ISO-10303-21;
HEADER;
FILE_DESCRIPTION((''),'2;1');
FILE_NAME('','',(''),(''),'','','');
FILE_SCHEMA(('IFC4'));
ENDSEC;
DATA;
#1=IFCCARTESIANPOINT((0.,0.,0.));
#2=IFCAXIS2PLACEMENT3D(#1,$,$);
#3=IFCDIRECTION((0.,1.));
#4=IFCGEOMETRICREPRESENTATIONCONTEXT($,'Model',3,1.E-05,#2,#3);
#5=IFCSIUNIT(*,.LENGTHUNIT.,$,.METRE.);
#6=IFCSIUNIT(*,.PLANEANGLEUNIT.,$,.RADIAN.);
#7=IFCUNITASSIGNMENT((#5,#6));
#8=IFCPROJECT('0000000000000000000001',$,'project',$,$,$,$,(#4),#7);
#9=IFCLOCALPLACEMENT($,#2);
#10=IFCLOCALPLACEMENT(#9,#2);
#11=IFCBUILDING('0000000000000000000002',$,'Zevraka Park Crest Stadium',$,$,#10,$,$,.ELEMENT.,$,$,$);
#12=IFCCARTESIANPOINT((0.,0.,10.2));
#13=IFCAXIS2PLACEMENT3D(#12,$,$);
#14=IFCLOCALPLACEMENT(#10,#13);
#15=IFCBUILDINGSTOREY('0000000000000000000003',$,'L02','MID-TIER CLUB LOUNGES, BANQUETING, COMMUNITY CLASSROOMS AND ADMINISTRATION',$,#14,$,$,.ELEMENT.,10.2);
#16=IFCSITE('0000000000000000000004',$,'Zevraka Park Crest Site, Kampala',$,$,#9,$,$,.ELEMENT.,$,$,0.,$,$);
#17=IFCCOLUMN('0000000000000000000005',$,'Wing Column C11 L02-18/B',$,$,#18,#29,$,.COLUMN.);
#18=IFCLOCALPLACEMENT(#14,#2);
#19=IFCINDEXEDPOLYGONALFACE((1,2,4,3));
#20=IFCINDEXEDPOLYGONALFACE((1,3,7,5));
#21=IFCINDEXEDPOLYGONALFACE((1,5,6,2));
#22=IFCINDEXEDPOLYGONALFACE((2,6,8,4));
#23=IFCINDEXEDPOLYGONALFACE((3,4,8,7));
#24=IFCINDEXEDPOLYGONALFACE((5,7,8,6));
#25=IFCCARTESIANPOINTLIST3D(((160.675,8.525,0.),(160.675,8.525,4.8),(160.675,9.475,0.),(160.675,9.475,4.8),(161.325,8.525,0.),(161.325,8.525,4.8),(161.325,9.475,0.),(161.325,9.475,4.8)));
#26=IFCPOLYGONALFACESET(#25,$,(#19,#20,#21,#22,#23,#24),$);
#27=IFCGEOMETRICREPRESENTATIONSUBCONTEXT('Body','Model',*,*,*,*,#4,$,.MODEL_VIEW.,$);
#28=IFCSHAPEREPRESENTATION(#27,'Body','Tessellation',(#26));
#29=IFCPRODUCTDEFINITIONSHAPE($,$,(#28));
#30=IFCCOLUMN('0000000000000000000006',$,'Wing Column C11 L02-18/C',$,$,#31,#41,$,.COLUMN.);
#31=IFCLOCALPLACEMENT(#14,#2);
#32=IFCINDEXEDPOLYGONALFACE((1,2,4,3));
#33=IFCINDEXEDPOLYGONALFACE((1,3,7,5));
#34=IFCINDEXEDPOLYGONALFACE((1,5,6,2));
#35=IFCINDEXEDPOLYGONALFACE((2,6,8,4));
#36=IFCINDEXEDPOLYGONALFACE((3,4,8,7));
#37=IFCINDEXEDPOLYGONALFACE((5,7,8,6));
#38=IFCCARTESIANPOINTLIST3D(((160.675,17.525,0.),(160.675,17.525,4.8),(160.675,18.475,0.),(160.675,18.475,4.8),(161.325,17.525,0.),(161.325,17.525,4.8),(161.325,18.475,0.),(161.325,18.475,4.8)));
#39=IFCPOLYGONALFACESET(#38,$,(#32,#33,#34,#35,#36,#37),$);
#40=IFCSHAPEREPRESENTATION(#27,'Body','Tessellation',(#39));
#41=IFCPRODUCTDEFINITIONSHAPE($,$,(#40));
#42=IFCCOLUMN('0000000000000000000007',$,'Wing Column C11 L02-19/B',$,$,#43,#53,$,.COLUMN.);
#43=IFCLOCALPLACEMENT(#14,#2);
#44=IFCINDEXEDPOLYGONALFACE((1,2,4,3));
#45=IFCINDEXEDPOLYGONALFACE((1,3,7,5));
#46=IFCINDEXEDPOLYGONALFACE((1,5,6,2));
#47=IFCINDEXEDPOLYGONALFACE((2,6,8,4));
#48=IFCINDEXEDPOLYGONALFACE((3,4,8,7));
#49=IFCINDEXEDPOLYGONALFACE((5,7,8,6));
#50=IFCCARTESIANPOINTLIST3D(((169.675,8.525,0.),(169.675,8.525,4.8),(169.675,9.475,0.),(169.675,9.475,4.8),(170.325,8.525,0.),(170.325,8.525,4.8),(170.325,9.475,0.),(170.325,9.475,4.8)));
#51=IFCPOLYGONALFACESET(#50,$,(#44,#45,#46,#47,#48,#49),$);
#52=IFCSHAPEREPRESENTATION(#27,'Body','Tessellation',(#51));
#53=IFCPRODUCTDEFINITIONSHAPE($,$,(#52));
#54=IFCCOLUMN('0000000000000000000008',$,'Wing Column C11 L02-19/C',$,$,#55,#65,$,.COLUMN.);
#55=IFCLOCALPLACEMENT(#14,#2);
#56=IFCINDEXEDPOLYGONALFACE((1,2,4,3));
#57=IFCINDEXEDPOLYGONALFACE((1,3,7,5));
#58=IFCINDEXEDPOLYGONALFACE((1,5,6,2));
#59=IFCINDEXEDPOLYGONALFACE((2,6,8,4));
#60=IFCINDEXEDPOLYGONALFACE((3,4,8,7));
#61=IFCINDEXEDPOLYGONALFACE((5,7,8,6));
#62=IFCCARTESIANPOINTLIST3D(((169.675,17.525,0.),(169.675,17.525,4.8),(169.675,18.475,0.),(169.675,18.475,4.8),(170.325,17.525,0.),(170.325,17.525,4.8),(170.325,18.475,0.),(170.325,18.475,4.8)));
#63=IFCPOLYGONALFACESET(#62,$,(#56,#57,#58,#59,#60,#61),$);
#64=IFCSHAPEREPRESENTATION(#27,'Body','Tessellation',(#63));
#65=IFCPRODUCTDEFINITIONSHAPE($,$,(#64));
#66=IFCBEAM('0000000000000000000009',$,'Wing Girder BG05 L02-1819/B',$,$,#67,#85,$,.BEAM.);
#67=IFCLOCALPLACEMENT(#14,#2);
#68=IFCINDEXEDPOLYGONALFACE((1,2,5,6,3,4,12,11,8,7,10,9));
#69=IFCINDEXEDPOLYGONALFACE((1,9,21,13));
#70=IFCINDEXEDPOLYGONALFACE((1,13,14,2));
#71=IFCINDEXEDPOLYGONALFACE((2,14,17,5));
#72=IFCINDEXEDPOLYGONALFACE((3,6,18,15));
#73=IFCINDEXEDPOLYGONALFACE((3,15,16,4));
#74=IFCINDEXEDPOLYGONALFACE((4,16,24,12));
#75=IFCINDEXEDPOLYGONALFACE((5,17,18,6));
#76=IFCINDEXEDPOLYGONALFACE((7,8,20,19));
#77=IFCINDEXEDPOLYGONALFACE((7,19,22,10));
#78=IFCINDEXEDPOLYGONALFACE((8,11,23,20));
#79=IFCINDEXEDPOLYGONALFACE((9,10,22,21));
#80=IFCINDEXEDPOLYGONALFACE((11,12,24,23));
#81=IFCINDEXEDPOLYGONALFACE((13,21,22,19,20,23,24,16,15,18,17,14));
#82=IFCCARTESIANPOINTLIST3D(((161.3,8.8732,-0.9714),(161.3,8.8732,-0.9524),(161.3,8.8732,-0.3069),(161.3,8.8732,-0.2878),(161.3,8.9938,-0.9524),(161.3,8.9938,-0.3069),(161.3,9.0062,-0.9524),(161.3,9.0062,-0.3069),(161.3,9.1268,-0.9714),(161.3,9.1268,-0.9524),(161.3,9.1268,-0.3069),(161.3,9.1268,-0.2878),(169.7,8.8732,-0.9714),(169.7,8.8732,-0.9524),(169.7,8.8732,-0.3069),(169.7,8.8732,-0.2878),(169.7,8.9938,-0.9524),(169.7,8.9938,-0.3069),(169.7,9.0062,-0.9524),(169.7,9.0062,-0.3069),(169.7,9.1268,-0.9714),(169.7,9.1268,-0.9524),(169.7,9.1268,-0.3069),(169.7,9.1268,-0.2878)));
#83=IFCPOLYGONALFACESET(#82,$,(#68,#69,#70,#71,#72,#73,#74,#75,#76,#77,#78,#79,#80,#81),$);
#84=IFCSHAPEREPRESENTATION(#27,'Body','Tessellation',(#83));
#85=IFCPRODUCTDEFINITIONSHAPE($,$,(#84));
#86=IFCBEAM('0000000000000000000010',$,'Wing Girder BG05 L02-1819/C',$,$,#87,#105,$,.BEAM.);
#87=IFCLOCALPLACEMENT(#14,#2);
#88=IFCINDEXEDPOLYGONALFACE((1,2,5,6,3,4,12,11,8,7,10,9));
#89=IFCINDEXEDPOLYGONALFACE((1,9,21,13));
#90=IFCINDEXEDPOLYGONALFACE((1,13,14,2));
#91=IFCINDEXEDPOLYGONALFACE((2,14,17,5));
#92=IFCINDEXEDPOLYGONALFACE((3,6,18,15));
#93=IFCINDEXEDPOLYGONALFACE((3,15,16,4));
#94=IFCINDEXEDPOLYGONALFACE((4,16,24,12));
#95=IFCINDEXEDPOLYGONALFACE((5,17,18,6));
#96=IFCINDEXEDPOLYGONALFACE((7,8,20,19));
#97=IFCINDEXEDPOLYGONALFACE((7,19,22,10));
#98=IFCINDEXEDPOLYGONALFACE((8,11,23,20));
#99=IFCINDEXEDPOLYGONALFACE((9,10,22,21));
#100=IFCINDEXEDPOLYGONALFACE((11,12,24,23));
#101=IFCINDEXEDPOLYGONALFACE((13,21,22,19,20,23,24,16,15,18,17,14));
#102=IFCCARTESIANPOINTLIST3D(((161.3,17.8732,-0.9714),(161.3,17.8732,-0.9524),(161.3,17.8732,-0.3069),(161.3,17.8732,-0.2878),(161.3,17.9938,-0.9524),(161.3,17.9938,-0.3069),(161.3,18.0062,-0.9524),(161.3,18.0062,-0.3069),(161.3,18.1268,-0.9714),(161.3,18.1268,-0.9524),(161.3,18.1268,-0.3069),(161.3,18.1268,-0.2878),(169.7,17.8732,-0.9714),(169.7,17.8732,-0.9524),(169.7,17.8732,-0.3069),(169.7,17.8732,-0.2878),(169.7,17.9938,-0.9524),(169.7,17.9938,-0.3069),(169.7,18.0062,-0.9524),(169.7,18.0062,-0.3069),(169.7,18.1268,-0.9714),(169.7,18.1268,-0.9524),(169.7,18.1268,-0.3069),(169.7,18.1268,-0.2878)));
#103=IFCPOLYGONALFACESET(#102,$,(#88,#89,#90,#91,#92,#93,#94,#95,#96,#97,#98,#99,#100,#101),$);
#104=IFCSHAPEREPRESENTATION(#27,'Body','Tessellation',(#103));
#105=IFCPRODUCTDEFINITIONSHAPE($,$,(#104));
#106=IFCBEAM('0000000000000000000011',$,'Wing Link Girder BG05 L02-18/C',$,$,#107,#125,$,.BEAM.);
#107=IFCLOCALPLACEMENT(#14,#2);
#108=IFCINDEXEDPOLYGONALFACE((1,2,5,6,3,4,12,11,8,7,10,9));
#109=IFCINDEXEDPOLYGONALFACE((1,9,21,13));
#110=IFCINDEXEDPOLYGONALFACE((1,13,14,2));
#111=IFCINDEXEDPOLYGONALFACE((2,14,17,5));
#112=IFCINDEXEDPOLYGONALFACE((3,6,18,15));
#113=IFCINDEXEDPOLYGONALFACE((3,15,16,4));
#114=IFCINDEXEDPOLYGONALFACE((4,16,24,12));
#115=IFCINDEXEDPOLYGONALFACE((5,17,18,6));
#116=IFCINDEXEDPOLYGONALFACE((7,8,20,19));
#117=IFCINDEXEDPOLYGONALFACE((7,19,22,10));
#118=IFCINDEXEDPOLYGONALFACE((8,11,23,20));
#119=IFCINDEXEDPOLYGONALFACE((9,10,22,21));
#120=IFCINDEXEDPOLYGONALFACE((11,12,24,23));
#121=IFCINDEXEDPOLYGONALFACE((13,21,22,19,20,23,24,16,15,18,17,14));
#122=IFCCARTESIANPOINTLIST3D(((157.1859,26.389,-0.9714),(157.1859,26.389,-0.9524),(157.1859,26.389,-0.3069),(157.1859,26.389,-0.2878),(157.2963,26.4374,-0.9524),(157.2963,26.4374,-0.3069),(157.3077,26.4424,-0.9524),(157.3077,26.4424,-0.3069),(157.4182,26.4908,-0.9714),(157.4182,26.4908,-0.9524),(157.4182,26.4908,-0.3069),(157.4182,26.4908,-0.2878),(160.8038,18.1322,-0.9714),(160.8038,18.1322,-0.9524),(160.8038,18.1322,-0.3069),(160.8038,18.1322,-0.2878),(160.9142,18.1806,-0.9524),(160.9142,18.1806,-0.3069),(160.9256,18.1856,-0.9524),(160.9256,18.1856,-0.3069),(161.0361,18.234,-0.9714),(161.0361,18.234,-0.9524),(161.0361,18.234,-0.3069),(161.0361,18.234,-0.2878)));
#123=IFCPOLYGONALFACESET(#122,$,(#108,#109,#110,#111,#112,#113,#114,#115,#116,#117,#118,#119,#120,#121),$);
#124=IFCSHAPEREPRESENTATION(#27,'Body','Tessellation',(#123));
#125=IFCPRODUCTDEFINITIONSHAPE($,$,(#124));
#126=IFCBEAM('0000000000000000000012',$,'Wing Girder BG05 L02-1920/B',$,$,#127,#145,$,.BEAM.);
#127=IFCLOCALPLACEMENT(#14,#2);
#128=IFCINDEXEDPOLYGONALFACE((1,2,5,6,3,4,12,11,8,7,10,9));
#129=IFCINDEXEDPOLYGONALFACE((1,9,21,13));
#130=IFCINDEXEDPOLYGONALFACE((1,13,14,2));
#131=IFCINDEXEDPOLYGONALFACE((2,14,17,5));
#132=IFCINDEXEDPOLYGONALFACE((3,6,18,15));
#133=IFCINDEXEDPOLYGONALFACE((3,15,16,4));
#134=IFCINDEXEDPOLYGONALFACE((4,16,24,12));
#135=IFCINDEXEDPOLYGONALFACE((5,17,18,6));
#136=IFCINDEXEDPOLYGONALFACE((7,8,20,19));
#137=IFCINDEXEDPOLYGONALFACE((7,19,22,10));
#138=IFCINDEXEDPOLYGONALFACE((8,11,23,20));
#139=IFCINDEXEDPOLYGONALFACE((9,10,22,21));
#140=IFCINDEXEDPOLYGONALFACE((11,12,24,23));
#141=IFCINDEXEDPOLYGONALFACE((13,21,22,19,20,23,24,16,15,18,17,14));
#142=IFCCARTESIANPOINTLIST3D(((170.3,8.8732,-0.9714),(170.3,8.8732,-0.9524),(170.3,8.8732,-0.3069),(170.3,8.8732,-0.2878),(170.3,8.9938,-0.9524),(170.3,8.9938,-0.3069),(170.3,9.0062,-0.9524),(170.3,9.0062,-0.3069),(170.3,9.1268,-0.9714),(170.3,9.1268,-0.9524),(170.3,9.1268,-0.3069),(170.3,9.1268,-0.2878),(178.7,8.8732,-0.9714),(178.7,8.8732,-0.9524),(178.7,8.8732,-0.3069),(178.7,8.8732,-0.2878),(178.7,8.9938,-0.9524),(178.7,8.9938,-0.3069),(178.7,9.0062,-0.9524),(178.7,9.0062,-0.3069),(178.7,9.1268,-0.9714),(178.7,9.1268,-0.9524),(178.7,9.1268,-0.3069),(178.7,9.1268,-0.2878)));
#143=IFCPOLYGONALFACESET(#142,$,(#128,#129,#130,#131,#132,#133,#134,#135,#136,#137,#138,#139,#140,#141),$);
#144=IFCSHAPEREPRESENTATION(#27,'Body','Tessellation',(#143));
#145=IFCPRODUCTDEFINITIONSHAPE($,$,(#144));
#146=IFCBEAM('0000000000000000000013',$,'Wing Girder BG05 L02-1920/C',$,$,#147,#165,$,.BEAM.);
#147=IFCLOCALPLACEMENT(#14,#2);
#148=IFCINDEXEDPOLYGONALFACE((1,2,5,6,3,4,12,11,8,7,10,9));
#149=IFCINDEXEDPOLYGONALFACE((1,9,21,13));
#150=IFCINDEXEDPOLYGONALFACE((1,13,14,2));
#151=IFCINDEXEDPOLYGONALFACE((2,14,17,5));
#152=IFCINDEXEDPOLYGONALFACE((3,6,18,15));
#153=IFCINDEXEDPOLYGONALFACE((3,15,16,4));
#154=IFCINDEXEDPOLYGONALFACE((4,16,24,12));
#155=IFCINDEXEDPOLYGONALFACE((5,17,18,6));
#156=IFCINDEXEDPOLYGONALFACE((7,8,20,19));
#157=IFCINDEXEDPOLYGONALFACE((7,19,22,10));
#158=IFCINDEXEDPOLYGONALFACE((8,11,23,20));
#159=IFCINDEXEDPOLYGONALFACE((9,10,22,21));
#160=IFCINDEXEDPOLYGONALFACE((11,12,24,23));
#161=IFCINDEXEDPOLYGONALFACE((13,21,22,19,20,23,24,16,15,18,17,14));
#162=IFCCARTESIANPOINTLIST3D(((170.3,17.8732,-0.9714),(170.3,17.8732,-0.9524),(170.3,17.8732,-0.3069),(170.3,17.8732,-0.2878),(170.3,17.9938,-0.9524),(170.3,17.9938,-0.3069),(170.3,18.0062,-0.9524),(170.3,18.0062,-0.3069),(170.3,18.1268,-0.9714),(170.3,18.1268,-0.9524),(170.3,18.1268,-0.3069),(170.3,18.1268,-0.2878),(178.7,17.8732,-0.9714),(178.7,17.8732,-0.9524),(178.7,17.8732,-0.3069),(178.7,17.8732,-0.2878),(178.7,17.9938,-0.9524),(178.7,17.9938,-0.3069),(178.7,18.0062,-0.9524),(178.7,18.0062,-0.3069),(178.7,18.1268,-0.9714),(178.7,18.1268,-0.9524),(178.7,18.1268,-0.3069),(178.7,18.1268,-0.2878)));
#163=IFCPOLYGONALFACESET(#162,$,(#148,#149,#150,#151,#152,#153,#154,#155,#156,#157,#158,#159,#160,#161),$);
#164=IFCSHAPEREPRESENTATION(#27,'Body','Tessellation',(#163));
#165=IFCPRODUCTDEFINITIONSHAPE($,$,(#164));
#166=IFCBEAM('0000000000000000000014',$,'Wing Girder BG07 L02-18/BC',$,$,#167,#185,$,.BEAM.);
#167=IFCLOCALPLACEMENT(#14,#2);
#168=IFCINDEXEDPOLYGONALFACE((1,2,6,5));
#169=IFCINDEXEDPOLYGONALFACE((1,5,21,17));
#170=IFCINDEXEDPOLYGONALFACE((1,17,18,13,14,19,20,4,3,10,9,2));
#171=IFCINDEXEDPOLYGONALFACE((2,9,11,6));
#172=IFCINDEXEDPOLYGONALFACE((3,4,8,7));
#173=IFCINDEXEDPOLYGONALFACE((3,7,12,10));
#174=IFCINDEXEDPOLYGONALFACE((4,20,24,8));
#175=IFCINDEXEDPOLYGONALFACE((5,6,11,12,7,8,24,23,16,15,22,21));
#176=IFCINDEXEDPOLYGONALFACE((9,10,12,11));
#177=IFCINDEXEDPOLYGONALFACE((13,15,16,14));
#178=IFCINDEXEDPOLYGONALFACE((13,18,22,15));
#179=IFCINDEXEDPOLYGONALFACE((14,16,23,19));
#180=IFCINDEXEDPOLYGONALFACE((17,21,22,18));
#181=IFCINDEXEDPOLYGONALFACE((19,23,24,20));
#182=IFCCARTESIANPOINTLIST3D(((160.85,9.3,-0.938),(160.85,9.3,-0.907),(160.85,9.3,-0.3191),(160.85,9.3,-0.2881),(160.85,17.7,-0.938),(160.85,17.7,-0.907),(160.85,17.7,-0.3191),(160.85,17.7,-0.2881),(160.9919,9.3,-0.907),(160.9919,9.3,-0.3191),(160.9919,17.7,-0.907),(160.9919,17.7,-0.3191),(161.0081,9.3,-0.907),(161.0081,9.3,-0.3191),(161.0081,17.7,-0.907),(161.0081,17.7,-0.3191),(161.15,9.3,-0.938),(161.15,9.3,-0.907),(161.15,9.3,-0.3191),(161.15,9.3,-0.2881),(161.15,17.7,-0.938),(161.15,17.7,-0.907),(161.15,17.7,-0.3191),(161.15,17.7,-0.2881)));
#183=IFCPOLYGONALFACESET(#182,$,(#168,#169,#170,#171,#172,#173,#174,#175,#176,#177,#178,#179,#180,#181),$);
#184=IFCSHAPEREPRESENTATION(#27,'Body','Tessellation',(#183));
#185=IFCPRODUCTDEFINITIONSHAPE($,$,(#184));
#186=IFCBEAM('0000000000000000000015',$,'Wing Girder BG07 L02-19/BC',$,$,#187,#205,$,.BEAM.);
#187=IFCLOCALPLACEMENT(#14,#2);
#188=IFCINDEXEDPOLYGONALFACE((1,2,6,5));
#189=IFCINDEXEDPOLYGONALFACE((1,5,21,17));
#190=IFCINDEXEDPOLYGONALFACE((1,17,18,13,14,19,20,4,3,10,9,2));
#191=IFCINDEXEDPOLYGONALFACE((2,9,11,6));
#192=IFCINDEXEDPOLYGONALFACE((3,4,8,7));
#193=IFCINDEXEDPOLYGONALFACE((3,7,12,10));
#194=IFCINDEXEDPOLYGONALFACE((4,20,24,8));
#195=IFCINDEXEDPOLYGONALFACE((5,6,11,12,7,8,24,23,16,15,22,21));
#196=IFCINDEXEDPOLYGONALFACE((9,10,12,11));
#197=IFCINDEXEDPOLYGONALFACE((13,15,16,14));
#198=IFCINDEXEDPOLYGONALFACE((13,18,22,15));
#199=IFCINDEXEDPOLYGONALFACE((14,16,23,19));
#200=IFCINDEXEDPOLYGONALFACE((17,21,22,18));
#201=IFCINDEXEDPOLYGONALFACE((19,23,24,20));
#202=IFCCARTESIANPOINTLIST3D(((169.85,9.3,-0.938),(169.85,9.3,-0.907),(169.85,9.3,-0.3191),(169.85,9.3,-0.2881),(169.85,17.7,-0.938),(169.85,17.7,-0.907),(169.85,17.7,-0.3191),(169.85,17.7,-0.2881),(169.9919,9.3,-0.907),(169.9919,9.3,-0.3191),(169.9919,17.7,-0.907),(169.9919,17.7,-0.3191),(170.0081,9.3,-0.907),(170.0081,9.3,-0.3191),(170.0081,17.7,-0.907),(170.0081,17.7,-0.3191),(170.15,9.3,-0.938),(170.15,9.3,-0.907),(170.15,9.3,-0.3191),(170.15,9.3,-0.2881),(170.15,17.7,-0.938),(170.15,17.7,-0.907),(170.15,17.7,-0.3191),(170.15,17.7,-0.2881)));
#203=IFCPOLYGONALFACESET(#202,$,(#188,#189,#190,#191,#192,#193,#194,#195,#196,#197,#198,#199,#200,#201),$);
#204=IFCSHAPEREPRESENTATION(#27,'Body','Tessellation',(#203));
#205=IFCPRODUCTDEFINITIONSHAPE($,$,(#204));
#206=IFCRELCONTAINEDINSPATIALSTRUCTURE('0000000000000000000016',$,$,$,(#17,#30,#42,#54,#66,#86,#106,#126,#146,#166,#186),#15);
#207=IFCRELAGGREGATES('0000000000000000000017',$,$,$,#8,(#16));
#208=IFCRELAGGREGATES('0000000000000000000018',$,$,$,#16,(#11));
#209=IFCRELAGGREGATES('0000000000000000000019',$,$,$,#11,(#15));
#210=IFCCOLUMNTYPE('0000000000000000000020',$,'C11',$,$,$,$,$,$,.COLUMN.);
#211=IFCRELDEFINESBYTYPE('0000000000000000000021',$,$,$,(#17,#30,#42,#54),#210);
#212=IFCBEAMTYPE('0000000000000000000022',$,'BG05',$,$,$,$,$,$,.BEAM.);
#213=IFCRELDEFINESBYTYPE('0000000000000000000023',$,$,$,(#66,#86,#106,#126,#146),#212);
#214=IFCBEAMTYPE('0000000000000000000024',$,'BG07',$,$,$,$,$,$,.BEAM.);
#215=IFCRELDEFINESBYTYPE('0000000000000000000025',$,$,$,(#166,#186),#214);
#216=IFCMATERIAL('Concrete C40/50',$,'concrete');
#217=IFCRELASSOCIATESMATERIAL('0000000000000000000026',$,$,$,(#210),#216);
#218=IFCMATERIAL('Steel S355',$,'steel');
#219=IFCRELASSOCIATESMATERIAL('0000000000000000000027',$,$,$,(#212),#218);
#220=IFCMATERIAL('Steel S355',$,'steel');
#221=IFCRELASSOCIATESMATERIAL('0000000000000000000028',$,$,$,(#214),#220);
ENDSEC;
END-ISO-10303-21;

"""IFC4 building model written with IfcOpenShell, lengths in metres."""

from ifc_helpers import new_model, si_unit, direction, frame, origin, origin_2d, place, context, subcontext, project, spatial, rectangle, i_section, extrude, material, material_profile, profile_set, type_object, element, save


model = new_model("IFC4")

# Units and contexts
model_context = context("Model", 3, precision=1e-05, world=origin(), true_north=direction((0.0, 1.0)))
body_context = subcontext(model_context, "Body", "Model", "MODEL_VIEW")
ifc_project = project(units=[si_unit("LENGTHUNIT", "METRE"), si_unit("PLANEANGLEUNIT", "RADIAN")], contexts=[model_context])

# Site, building, storey
site_placement = place(None, origin())
site = spatial("IfcSite", under=ifc_project, at=site_placement, Name="Zevraka Park Crest Site, Kampala", CompositionType="ELEMENT", RefElevation=0.0)
building_placement = place(site_placement, origin())
building = spatial("IfcBuilding", under=site, at=building_placement, Name="Zevraka Park Crest Stadium", CompositionType="ELEMENT")
storey_placement = place(building_placement, frame((0.0, 0.0, 10.2)))
storey = spatial("IfcBuildingStorey", under=building, at=storey_placement, Name="L02", Description="MID-TIER CLUB LOUNGES, BANQUETING, COMMUNITY CLASSROOMS AND ADMINISTRATION", CompositionType="ELEMENT", Elevation=10.2)

# Columns
ifc_material_1 = material(Name="Concrete C40/50", Category="concrete")
ifc_material_profile_1 = material_profile(ifc_material_1, rectangle(XDim=0.6499, YDim=0.95, at=origin_2d()), Name="RC 950x650")
ifc_profile_set_1 = profile_set([ifc_material_profile_1], Name="Concrete C40/50")
column_type = type_object("IfcColumnType", Name="C11", PredefinedType="COLUMN", material=ifc_profile_set_1)
for number, where, z_axis, x_axis, name in (
    (1, (161.0, 9.0, 0.0), (0.0, 0.0, 1.0), (1.0, 0.0, 0.0), "Wing Column C11 L02-18/B"),
    (2, (161.0, 18.0, 0.0), (0.0, 0.0, 1.0), (1.0, 0.0, 0.0), "Wing Column C11 L02-18/C"),
    (3, (170.0, 9.0, 0.0), (0.0, 0.0, 1.0), (1.0, 0.0, 0.0), "Wing Column C11 L02-19/B"),
    (4, (170.0, 18.0, 0.0), (0.0, 0.0, 1.0), (1.0, 0.0, 0.0), "Wing Column C11 L02-19/C"),
):
    element("IfcColumn", number, at=place(storey_placement, frame(where, z_axis=z_axis, x_axis=x_axis)), inside=storey, type_object=column_type, Name=name, PredefinedType="COLUMN", context=body_context, shape_type="SweptSolid", body=[
        extrude(rectangle(XDim=0.6499, YDim=0.95, at=origin_2d()), origin(), (0.0, 0.0, 1.0), 4.8),
    ])

# Beams
ifc_material_2 = material(Name="Steel S355", Category="steel")
ifc_material_profile_2 = material_profile(ifc_material_2, i_section(OverallWidth=0.2537, OverallDepth=0.6836, WebThickness=0.0125, FlangeThickness=0.019, at=origin_2d()), Name="UKB 686x254x140")
ifc_profile_set_2 = profile_set([ifc_material_profile_2], Name="Steel S355")
beam_type_1 = type_object("IfcBeamType", Name="BG05", PredefinedType="BEAM", material=ifc_profile_set_2)
for number, where, z_axis, x_axis, name in (
    (5, (161.3, 9.0, -0.6296), (1.0, 0.0, 0.0), (0.0, 1.0, 0.0), "Wing Girder BG05 L02-1819/B"),
    (6, (161.3, 18.0, -0.6296), (1.0, 0.0, 0.0), (0.0, 1.0, 0.0), "Wing Girder BG05 L02-1819/C"),
):
    element("IfcBeam", number, at=place(storey_placement, frame(where, z_axis=z_axis, x_axis=x_axis)), inside=storey, type_object=beam_type_1, Name=name, PredefinedType="BEAM", context=body_context, shape_type="SweptSolid", body=[
        extrude(i_section(OverallWidth=0.2537, OverallDepth=0.6836, WebThickness=0.0125, FlangeThickness=0.019, at=origin_2d()), origin(), (0.0, 0.0, 1.0), 8.3999),
    ])
beam_placement = place(storey_placement, frame((160.9199, 18.1831, -0.6296), z_axis=(-0.401336, 0.915931, 0.0), x_axis=(-0.915931, -0.401336, 0.0)))
element("IfcBeam", 7, at=beam_placement, inside=storey, type_object=beam_type_1, Name="Wing Link Girder BG05 L02-18/C", PredefinedType="BEAM", context=body_context, shape_type="SweptSolid", body=[
    extrude(i_section(OverallWidth=0.2537, OverallDepth=0.6836, WebThickness=0.0125, FlangeThickness=0.019, at=origin_2d()), origin(), (0.0, 0.0, 1.0), 9.0146),
])
for number, where, z_axis, x_axis, name in (
    (8, (170.3, 9.0, -0.6296), (1.0, 0.0, 0.0), (0.0, 1.0, 0.0), "Wing Girder BG05 L02-1920/B"),
    (9, (170.3, 18.0, -0.6296), (1.0, 0.0, 0.0), (0.0, 1.0, 0.0), "Wing Girder BG05 L02-1920/C"),
):
    element("IfcBeam", number, at=place(storey_placement, frame(where, z_axis=z_axis, x_axis=x_axis)), inside=storey, type_object=beam_type_1, Name=name, PredefinedType="BEAM", context=body_context, shape_type="SweptSolid", body=[
        extrude(i_section(OverallWidth=0.2537, OverallDepth=0.6836, WebThickness=0.0125, FlangeThickness=0.019, at=origin_2d()), origin(), (0.0, 0.0, 1.0), 8.3999),
    ])
ifc_material_3 = material(Name="Steel S355", Category="steel")
ifc_material_profile_3 = material_profile(ifc_material_3, i_section(OverallWidth=0.3, OverallDepth=0.6499, WebThickness=0.0161, FlangeThickness=0.031, at=origin_2d()), Name="HEB 650")
ifc_profile_set_3 = profile_set([ifc_material_profile_3], Name="Steel S355")
beam_type_2 = type_object("IfcBeamType", Name="BG07", PredefinedType="BEAM", material=ifc_profile_set_3)
for number, where, z_axis, x_axis, name in (
    (10, (161.0, 9.3, -0.613), (0.0, 1.0, 0.0), (-1.0, 0.0, 0.0), "Wing Girder BG07 L02-18/BC"),
    (11, (170.0, 9.3, -0.613), (0.0, 1.0, 0.0), (-1.0, 0.0, 0.0), "Wing Girder BG07 L02-19/BC"),
):
    element("IfcBeam", number, at=place(storey_placement, frame(where, z_axis=z_axis, x_axis=x_axis)), inside=storey, type_object=beam_type_2, Name=name, PredefinedType="BEAM", context=body_context, shape_type="SweptSolid", body=[
        extrude(i_section(OverallWidth=0.3, OverallDepth=0.6499, WebThickness=0.0161, FlangeThickness=0.031, at=origin_2d()), origin(), (0.0, 0.0, 1.0), 8.3999),
    ])

save(model, "model.ifc")
